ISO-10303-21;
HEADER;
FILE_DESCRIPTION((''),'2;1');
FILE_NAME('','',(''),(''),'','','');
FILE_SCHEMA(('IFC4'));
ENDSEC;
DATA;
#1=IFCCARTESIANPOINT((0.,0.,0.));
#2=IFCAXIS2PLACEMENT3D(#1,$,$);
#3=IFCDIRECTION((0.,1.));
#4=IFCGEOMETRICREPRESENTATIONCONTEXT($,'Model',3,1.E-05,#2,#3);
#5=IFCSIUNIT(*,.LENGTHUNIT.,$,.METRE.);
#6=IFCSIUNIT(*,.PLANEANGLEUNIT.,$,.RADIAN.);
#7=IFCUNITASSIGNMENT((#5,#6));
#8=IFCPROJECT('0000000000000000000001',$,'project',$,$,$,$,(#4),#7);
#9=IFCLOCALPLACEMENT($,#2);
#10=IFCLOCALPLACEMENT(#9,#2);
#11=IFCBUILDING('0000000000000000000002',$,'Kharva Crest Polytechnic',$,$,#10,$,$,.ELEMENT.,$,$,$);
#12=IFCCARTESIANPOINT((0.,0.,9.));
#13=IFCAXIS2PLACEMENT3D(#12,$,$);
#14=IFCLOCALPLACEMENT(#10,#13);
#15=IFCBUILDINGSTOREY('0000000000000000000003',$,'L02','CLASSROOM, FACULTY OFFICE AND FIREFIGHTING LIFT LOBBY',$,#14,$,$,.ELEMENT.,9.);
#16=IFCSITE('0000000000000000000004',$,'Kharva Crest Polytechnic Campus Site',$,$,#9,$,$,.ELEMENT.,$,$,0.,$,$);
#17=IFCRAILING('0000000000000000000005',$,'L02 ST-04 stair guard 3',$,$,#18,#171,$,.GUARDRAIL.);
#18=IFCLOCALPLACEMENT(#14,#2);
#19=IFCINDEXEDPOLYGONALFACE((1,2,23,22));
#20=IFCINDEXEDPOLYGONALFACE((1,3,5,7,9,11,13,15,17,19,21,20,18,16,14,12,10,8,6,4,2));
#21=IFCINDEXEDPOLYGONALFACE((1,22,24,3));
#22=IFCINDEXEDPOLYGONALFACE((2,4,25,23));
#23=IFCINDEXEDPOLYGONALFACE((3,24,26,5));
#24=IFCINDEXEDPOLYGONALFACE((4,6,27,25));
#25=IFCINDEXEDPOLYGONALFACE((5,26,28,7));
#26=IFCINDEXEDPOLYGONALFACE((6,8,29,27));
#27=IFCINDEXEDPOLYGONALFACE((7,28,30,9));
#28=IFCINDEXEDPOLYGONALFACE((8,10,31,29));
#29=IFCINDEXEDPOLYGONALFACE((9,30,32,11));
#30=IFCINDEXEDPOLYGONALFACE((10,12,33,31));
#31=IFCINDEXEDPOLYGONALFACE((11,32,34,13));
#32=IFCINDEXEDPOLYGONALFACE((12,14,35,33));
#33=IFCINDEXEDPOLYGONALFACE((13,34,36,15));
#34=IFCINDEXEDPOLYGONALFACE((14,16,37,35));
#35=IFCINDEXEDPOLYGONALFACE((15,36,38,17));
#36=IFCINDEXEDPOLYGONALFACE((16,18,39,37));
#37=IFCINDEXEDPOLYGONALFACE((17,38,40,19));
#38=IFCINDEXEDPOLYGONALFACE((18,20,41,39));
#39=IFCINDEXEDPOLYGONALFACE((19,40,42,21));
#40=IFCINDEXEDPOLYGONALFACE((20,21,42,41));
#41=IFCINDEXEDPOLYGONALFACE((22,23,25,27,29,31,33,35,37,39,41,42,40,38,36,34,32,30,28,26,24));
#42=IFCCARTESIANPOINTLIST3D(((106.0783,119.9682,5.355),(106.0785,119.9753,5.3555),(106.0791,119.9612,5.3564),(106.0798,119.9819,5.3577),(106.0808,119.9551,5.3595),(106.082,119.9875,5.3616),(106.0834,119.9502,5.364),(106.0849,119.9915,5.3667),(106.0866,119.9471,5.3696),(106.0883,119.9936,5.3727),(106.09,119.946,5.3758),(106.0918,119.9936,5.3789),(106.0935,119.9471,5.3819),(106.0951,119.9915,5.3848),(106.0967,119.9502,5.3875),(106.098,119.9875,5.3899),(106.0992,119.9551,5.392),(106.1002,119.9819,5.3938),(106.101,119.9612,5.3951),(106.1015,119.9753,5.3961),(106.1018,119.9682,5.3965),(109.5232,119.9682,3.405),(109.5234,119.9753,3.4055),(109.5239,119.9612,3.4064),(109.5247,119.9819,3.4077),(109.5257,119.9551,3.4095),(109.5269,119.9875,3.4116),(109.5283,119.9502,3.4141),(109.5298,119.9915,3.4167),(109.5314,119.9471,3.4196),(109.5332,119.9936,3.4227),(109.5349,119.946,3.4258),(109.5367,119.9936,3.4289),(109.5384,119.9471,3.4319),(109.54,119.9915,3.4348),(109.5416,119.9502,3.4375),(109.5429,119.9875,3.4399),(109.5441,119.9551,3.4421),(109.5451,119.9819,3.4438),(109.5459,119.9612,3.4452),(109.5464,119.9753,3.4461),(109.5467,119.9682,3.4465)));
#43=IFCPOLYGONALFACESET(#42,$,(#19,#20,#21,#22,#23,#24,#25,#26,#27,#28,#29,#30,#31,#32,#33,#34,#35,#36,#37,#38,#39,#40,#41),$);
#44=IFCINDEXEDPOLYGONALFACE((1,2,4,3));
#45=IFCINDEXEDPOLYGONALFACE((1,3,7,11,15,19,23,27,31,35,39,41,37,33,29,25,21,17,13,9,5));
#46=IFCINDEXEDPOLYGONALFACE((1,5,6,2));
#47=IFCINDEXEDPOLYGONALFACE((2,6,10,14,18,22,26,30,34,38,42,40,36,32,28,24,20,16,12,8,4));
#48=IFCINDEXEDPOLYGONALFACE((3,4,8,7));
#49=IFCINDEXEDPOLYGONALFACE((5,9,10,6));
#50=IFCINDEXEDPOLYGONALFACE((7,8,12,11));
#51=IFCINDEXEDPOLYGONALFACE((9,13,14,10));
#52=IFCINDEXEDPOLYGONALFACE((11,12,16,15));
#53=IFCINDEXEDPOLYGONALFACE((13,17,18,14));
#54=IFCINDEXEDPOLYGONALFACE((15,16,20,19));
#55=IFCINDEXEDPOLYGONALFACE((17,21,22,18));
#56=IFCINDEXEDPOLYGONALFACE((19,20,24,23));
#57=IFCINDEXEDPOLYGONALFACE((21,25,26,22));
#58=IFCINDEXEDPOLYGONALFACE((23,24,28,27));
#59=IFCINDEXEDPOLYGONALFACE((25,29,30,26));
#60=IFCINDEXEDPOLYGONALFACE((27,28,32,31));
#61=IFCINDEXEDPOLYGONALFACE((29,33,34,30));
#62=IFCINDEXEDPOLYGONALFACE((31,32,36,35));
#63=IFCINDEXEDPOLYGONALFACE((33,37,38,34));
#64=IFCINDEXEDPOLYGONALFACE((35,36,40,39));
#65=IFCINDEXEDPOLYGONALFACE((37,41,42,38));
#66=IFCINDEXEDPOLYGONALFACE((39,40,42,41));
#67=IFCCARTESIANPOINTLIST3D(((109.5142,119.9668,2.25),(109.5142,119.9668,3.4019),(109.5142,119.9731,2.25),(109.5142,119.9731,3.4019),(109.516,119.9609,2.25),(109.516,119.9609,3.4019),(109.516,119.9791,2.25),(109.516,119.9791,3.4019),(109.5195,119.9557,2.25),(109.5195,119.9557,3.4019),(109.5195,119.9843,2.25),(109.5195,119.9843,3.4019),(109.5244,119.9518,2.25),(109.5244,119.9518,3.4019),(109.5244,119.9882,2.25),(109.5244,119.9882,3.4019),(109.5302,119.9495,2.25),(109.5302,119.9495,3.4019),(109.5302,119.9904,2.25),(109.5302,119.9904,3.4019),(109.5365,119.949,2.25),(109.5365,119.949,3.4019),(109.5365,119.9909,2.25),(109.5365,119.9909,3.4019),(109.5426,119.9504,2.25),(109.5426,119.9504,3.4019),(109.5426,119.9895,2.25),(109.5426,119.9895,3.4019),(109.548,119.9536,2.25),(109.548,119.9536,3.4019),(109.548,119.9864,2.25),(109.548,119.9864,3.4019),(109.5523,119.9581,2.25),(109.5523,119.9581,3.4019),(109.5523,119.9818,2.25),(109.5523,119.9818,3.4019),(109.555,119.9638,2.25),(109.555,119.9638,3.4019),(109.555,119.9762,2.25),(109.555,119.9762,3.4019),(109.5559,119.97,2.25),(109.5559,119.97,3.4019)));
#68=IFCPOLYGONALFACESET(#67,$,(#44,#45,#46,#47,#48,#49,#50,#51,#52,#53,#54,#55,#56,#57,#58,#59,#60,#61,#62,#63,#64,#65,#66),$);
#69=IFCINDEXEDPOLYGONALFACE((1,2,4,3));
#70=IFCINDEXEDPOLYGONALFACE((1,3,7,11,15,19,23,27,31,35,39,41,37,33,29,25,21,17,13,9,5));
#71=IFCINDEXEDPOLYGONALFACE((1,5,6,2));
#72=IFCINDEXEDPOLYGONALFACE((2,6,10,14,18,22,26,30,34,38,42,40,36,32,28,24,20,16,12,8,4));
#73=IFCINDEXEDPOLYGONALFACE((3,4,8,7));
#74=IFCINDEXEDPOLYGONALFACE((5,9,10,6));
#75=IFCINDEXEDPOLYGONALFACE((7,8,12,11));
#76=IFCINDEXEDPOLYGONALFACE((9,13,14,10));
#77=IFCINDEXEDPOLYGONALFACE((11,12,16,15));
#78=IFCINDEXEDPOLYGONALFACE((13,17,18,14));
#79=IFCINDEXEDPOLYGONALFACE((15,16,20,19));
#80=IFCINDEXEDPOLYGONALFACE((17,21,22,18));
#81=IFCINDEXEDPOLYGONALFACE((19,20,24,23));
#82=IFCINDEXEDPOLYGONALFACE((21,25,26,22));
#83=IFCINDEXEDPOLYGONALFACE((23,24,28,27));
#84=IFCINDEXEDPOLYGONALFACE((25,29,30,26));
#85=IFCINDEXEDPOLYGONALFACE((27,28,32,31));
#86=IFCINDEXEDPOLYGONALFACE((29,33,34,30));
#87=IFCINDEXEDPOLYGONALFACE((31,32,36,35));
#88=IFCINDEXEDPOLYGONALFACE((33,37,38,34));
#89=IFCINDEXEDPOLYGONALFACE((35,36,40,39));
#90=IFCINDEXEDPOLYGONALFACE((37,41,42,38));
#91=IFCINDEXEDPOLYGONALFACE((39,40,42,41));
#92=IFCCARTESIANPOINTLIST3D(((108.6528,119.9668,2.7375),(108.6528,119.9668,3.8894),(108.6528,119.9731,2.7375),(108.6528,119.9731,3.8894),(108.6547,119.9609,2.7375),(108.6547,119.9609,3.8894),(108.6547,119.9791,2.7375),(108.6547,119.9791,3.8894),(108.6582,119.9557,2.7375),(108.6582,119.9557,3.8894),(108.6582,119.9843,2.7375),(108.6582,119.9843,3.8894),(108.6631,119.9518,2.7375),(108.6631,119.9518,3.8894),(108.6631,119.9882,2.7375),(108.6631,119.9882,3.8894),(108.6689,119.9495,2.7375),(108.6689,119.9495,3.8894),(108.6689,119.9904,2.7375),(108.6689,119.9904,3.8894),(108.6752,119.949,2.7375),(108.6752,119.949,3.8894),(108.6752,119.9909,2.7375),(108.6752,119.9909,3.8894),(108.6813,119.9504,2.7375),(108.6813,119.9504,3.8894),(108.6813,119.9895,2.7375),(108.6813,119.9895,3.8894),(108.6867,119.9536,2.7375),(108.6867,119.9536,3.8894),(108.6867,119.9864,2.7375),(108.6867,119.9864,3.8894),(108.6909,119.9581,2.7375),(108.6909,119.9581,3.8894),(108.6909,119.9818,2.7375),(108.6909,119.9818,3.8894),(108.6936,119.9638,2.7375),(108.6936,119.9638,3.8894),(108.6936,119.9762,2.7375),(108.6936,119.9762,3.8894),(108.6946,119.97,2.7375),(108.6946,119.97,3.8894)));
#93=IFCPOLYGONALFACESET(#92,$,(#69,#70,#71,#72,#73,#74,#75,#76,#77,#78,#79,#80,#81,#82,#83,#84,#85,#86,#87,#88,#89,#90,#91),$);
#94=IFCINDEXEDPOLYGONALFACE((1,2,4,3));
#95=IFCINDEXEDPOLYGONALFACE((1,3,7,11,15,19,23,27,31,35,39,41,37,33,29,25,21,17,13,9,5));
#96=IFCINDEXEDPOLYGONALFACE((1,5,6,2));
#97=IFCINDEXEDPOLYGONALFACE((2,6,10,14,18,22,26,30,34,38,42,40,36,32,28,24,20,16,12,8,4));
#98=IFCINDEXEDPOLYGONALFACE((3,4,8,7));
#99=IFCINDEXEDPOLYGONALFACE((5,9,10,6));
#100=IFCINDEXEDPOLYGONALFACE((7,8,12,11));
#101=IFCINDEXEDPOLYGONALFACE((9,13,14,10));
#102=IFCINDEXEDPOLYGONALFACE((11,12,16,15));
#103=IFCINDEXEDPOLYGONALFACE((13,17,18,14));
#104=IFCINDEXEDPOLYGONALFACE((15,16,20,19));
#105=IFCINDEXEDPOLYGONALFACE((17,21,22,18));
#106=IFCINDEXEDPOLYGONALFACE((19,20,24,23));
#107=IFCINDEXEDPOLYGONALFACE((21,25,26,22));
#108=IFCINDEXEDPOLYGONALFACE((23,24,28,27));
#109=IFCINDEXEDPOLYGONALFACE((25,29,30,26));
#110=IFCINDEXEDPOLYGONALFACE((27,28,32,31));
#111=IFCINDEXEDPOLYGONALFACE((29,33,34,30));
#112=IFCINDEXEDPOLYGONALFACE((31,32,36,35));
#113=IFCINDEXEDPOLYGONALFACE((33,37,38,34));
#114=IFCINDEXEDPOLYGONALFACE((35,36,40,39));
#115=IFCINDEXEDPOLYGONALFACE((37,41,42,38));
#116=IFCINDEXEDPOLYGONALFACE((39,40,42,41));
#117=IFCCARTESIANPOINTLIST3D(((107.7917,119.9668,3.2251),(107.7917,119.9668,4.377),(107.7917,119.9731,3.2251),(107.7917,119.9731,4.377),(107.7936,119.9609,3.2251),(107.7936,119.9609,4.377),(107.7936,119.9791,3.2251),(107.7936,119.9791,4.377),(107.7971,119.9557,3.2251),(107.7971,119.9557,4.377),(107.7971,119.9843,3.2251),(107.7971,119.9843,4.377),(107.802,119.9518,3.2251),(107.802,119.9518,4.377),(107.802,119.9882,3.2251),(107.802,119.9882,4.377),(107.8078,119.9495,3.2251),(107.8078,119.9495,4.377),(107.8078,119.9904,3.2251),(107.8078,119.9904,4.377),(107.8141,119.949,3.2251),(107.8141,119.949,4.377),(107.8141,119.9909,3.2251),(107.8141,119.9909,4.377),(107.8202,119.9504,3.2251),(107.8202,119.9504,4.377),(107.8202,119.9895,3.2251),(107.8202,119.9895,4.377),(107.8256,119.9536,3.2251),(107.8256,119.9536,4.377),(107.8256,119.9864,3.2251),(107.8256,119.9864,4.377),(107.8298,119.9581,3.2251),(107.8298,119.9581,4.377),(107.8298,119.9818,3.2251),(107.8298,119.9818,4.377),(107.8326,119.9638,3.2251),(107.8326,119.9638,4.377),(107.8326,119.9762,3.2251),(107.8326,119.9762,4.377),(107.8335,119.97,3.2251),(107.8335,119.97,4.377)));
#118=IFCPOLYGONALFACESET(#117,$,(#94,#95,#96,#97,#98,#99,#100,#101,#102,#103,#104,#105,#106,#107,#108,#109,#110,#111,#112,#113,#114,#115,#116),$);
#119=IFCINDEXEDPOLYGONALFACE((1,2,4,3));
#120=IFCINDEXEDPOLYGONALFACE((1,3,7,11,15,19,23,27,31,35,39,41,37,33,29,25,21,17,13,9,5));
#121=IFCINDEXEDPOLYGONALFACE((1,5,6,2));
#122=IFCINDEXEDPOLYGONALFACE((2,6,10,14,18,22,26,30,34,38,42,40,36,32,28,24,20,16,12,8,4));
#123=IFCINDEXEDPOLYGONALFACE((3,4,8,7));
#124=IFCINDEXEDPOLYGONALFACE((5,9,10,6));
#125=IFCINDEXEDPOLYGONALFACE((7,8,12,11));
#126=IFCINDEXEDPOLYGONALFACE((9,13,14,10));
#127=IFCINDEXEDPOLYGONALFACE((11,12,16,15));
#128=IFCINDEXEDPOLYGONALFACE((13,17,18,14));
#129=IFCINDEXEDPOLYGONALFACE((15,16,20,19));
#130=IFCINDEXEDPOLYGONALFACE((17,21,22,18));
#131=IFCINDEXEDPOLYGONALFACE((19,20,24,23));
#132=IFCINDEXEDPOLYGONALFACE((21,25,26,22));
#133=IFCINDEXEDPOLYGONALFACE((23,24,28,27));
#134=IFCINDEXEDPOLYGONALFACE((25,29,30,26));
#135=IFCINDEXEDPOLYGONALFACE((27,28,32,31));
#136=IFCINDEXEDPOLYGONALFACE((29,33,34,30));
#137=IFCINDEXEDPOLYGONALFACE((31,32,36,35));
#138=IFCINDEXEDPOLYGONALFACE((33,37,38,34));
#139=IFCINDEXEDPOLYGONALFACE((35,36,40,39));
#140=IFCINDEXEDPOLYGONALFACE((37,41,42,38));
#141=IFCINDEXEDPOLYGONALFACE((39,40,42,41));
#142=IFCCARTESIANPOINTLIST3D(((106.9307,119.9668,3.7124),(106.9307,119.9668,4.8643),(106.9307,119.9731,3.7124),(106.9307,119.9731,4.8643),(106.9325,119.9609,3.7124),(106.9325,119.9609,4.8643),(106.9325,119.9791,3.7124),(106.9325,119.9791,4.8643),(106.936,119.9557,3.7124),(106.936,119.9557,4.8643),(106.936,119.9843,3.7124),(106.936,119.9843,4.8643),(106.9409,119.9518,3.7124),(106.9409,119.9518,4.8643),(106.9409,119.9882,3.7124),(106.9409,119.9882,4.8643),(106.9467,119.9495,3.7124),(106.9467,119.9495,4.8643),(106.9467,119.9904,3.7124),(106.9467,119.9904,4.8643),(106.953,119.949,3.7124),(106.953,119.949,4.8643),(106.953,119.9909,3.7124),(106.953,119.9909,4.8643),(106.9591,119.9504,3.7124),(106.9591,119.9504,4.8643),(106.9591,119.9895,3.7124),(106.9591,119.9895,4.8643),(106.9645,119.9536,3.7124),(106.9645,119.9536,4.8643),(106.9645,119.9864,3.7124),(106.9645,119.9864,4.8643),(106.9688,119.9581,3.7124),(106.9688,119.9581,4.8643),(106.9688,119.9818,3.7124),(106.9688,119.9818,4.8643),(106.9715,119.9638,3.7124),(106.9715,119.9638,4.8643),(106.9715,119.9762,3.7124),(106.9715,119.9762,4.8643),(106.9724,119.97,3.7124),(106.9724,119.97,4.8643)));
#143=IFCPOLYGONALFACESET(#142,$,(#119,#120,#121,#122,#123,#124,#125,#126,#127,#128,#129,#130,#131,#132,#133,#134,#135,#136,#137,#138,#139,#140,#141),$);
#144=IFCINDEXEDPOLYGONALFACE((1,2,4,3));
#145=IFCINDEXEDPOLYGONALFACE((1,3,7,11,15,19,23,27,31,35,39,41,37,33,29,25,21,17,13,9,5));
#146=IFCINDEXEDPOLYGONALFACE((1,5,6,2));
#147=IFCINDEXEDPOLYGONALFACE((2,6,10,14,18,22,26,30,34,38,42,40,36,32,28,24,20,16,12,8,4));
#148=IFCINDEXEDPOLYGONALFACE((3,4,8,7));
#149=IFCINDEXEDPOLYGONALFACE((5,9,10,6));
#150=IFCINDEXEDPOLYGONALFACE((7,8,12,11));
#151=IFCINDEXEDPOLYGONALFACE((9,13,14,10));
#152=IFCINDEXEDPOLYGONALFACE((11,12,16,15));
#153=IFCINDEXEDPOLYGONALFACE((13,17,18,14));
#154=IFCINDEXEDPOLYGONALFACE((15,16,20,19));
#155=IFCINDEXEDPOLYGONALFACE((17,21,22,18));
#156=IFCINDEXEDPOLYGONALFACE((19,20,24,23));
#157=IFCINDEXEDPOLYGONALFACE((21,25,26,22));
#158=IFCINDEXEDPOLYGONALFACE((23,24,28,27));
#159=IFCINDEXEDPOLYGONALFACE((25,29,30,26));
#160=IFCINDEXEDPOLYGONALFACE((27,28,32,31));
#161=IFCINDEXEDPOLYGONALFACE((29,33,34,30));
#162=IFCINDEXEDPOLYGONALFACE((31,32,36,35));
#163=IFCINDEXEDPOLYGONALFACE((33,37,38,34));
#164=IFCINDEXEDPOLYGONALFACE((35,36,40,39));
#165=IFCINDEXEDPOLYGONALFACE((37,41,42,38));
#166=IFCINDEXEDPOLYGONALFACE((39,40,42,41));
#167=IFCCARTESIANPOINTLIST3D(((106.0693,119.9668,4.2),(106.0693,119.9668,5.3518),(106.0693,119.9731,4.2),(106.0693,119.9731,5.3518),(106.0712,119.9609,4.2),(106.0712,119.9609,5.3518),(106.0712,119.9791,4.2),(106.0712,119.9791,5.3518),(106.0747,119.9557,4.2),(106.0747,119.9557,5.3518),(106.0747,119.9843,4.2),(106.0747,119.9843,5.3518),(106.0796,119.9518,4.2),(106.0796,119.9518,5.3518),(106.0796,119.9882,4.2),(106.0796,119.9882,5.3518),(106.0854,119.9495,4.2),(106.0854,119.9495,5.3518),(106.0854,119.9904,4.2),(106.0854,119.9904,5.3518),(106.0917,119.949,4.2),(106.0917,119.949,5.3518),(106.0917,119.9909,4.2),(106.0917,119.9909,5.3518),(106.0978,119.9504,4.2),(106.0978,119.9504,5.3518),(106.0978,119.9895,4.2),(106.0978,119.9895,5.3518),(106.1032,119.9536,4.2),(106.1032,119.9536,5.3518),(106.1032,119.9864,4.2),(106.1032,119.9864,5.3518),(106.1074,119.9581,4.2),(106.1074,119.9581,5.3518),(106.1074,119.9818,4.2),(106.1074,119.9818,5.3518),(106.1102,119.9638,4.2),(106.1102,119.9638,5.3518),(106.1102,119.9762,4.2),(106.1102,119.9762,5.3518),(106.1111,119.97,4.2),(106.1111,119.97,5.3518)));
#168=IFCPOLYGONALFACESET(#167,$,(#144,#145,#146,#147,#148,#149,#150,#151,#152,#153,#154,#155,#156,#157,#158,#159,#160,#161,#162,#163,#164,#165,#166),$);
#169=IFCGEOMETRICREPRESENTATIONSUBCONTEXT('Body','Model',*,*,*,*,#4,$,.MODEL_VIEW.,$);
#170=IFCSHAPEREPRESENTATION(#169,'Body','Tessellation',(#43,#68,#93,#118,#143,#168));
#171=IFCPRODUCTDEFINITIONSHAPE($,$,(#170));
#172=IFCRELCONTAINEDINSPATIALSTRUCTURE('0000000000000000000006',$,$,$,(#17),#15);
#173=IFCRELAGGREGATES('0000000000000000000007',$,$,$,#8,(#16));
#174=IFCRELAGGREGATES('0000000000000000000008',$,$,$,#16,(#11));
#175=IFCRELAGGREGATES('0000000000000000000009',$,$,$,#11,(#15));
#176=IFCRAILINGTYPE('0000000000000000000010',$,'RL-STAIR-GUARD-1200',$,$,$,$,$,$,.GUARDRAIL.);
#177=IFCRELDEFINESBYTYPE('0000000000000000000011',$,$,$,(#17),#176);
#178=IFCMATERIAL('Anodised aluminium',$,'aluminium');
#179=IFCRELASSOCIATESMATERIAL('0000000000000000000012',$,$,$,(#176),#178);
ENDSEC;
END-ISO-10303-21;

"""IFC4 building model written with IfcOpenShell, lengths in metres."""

from ifc_helpers import new_model, si_unit, direction, frame, origin, origin_2d, place, context, subcontext, project, spatial, circle, extrude, material, type_object, element, save


model = new_model("IFC4")

# Units and contexts
model_context = context("Model", 3, precision=1e-05, world=origin(), true_north=direction((0.0, 1.0)))
body_context = subcontext(model_context, "Body", "Model", "MODEL_VIEW")
ifc_project = project(units=[si_unit("LENGTHUNIT", "METRE"), si_unit("PLANEANGLEUNIT", "RADIAN")], contexts=[model_context])

# Site, building, storey
site_placement = place(None, origin())
site = spatial("IfcSite", under=ifc_project, at=site_placement, Name="Kharva Crest Polytechnic Campus Site", CompositionType="ELEMENT", RefElevation=0.0)
building_placement = place(site_placement, origin())
building = spatial("IfcBuilding", under=site, at=building_placement, Name="Kharva Crest Polytechnic", CompositionType="ELEMENT")
storey_placement = place(building_placement, frame((0.0, 0.0, 9.0)))
storey = spatial("IfcBuildingStorey", under=building, at=storey_placement, Name="L02", Description="CLASSROOM, FACULTY OFFICE AND FIREFIGHTING LIFT LOBBY", CompositionType="ELEMENT", Elevation=9.0)

# Railing
ifc_material_1 = material(Name="Anodised aluminium", Category="aluminium")
railing_type_1 = type_object("IfcRailingType", Name="RL-STAIR-GUARD-1200", PredefinedType="GUARDRAIL", material=ifc_material_1)
railing_1_placement = place(storey_placement, frame((109.5349, 119.97, 2.25)))
element("IfcRailing", 1, at=railing_1_placement, inside=storey, type_object=railing_type_1, Name="L02 ST-04 stair guard 3", PredefinedType="GUARDRAIL", context=body_context, shape_type="SweptSolid", body=[
    extrude(circle(Radius=0.0239, at=origin_2d()), frame((0.0, 0.0, 1.1758), z_axis=(-0.870251, 0.0, 0.492608), x_axis=(0.0, -1.0, 0.0)), (0.0, 0.0, 1.0), 3.9585),
    extrude(circle(Radius=0.021, at=origin_2d()), origin(), (0.0, 0.0, 1.0), 1.1519),
    extrude(circle(Radius=0.021, at=origin_2d()), frame((-0.8613, 0.0, 0.4875)), (0.0, 0.0, 1.0), 1.1519),
    extrude(circle(Radius=0.021, at=origin_2d()), frame((-1.7224, 0.0, 0.9751)), (0.0, 0.0, 1.0), 1.1519),
    extrude(circle(Radius=0.021, at=origin_2d()), frame((-2.5835, 0.0, 1.4624)), (0.0, 0.0, 1.0), 1.1519),
    extrude(circle(Radius=0.021, at=origin_2d()), frame((-3.4448, 0.0, 1.95)), (0.0, 0.0, 1.0), 1.1519),
])

save(model, "model.ifc")
